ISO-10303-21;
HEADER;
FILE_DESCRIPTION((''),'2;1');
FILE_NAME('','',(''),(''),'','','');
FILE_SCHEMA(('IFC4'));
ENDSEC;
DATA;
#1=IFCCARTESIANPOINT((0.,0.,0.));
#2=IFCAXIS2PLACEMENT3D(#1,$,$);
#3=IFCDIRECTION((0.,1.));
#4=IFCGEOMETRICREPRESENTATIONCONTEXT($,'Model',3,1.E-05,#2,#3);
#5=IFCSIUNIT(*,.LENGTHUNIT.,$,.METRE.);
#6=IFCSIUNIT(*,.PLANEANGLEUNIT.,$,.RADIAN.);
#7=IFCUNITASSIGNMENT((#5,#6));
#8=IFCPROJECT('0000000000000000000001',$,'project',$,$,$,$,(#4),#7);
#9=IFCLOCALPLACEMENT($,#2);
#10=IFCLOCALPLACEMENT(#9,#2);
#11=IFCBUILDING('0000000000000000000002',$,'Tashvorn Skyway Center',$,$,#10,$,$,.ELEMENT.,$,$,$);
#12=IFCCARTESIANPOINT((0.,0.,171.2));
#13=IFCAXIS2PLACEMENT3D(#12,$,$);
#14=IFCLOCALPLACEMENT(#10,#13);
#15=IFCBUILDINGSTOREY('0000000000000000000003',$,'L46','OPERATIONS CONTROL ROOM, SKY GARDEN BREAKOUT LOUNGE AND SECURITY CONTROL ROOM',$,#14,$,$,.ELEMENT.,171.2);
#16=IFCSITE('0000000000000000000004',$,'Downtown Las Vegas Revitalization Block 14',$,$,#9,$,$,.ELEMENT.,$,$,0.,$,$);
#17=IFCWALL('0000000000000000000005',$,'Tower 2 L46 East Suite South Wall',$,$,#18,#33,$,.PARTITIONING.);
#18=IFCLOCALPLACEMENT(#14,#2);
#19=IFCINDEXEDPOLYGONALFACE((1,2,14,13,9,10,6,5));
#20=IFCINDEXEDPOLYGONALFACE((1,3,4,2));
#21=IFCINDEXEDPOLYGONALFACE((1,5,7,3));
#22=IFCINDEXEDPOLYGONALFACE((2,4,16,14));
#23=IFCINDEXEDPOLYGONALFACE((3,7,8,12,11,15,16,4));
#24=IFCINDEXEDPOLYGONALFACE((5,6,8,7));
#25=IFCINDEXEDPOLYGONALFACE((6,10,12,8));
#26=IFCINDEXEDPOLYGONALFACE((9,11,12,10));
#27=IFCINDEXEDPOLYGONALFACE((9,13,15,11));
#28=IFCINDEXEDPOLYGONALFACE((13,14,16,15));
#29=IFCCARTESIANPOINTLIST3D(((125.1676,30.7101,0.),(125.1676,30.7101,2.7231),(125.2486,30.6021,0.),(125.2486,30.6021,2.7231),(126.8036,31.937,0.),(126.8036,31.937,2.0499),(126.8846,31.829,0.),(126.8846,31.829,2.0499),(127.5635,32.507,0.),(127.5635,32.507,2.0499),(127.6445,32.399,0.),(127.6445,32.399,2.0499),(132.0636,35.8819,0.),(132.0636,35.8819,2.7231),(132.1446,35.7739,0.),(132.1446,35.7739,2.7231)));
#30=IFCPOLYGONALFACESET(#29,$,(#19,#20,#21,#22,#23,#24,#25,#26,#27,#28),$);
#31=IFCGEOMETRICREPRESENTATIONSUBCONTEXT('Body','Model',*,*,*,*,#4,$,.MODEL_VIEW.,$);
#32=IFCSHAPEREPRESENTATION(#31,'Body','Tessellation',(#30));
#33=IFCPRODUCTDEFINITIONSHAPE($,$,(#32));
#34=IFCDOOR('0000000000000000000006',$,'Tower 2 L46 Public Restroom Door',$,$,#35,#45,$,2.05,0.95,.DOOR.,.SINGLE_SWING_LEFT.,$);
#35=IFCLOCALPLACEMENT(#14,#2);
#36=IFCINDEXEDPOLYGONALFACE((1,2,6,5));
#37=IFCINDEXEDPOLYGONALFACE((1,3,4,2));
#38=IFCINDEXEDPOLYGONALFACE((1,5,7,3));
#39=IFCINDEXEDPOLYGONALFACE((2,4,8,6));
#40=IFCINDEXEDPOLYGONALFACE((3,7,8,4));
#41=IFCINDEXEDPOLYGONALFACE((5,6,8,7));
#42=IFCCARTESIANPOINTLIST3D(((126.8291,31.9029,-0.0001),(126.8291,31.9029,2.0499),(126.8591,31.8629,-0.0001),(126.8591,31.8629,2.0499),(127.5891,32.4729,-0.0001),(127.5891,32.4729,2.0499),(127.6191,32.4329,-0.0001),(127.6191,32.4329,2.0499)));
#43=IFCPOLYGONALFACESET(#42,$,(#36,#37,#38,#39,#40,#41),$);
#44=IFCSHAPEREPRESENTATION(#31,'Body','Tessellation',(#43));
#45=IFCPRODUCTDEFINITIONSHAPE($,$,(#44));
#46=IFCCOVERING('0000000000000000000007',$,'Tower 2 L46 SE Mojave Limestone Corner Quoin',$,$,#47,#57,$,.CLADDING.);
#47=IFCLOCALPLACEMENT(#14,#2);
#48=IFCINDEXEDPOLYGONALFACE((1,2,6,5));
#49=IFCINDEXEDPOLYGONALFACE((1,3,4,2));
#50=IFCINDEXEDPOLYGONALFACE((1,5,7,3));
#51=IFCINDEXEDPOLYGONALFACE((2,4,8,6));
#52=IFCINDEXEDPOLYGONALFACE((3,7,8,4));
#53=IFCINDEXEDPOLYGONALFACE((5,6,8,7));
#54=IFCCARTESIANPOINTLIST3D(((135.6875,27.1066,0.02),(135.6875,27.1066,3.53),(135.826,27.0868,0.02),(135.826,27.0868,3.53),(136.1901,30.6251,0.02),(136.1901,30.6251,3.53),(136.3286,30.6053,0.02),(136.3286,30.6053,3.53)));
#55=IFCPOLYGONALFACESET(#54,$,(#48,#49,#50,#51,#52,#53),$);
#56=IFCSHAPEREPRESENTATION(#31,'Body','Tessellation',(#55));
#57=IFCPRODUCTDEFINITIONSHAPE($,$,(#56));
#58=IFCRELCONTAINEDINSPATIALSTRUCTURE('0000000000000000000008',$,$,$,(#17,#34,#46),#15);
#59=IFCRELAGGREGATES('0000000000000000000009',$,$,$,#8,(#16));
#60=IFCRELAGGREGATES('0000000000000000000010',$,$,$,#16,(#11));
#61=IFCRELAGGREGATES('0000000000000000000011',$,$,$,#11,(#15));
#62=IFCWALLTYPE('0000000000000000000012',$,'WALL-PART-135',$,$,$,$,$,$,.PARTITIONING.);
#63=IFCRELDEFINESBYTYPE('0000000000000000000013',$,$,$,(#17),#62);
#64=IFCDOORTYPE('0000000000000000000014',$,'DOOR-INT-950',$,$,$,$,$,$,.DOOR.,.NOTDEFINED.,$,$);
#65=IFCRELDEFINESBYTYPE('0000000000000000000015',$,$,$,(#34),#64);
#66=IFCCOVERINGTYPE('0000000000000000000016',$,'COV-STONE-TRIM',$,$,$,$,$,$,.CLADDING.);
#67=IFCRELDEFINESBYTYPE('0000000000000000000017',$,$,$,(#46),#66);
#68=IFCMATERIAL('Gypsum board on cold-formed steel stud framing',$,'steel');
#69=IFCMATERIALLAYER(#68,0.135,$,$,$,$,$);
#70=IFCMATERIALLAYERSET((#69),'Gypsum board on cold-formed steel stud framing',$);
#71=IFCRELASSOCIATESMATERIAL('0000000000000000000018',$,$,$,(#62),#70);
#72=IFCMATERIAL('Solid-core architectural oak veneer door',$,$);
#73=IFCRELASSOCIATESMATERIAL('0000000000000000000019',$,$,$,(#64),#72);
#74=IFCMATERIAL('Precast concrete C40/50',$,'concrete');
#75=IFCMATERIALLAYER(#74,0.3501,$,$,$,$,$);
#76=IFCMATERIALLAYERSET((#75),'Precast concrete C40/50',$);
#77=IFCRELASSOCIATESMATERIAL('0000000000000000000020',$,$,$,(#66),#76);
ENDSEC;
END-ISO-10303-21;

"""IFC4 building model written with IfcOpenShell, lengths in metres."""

from ifc_helpers import new_model, si_unit, direction, frame, frame_2d, origin, origin_2d, place, context, subcontext, project, spatial, rectangle, extrude, material, layer, layer_set, type_object, element, fill, save


model = new_model("IFC4")

# Units and contexts
model_context = context("Model", 3, precision=1e-05, world=origin(), true_north=direction((0.0, 1.0)))
body_context = subcontext(model_context, "Body", "Model", "MODEL_VIEW")
ifc_project = project(units=[si_unit("LENGTHUNIT", "METRE"), si_unit("PLANEANGLEUNIT", "RADIAN")], contexts=[model_context])

# Site, building, storey
site_placement = place(None, origin())
site = spatial("IfcSite", under=ifc_project, at=site_placement, Name="Downtown Las Vegas Revitalization Block 14", CompositionType="ELEMENT", RefElevation=0.0)
building_placement = place(site_placement, origin())
building = spatial("IfcBuilding", under=site, at=building_placement, Name="Tashvorn Skyway Center", CompositionType="ELEMENT")
storey_placement = place(building_placement, frame((0.0, 0.0, 171.2)))
storey = spatial("IfcBuildingStorey", under=building, at=storey_placement, Name="L46", Description="OPERATIONS CONTROL ROOM, SKY GARDEN BREAKOUT LOUNGE AND SECURITY CONTROL ROOM", CompositionType="ELEMENT", Elevation=171.2)

# Shared definitions
ifc_material_1 = material(Name="Precast concrete C40/50", Category="concrete")

# Shared definitions
ifc_material_2 = material(Name="Gypsum board on cold-formed steel stud framing", Category="steel")
ifc_layer_1 = layer(ifc_material_2, 0.135)
ifc_layer_set_1 = layer_set([ifc_layer_1], Name="Gypsum board on cold-formed steel stud framing")
wall_type_1 = type_object("IfcWallType", Name="WALL-PART-135", PredefinedType="PARTITIONING", material=ifc_layer_set_1)
ifc_material_3 = material(Name="Solid-core architectural oak veneer door")
door_type_1 = type_object("IfcDoorType", Name="DOOR-INT-950", OperationType="NOTDEFINED", PredefinedType="DOOR", material=ifc_material_3)

# Wall, opening, door
wall_1_placement = place(storey_placement, frame((125.208, 30.656, 0.0), z_axis=(0.0, 0.0, 1.0), x_axis=(0.800007, 0.599991, 0.0)))
wall_1 = element("IfcWall", 1, at=wall_1_placement, inside=storey, type_object=wall_type_1, Name="Tower 2 L46 East Suite South Wall", PredefinedType="PARTITIONING", context=body_context, shape_type="SweptSolid", body=[
    extrude(rectangle(XDim=8.6199, YDim=0.135, at=frame_2d((4.3101, 0.0))), origin(), (0.0, 0.0, 1.0), 2.7231),
])
opening_1_placement = place(wall_1_placement, frame((2.0449, 0.0, 0.0)))
opening_1 = element("IfcOpeningElement", 2, at=opening_1_placement, cuts=wall_1, PredefinedType="OPENING", context=body_context, shape_type="SweptSolid", body=[
    extrude(rectangle(XDim=0.95, YDim=2.05, at=frame_2d((0.4751, 1.0249))), frame((0.0, 0.0774, 0.0), z_axis=(0.0, -1.0, 0.0), x_axis=(1.0, 0.0, 0.0)), (0.0, 0.0, 1.0), 0.155),
])
door_1_placement = place(opening_1_placement, origin())
door_1 = element("IfcDoor", 3, at=door_1_placement, inside=storey, type_object=door_type_1, Name="Tower 2 L46 Public Restroom Door", OperationType="SINGLE_SWING_LEFT", OverallHeight=2.05, OverallWidth=0.95, PredefinedType="DOOR", context=body_context, shape_type="SweptSolid", body=[
    extrude(rectangle(XDim=0.95, YDim=2.05, at=frame_2d((0.4751, 1.0249))), frame((0.0, 0.0249, 0.0), z_axis=(0.0, -1.0, 0.0), x_axis=(1.0, 0.0, 0.0)), (0.0, 0.0, 1.0), 0.05),
])
fill(opening_1, door_1)

# Covering
ifc_layer_2 = layer(ifc_material_1, 0.3501)
ifc_layer_set_2 = layer_set([ifc_layer_2], Name="Precast concrete C40/50")
covering_type = type_object("IfcCoveringType", Name="COV-STONE-TRIM", PredefinedType="CLADDING", material=ifc_layer_set_2)
covering_placement = place(storey_placement, frame((136.0081, 28.856, 0.02), z_axis=(0.0, 0.0, 1.0), x_axis=(0.141421, 0.989949, 0.0)))
element("IfcCovering", 4, at=covering_placement, inside=storey, type_object=covering_type, Name="Tower 2 L46 SE Mojave Limestone Corner Quoin", PredefinedType="CLADDING", context=body_context, shape_type="SweptSolid", body=[
    extrude(rectangle(XDim=3.5542, YDim=0.1399, at=origin_2d()), origin(), (0.0, 0.0, 1.0), 3.51),
])

save(model, "model.ifc")
